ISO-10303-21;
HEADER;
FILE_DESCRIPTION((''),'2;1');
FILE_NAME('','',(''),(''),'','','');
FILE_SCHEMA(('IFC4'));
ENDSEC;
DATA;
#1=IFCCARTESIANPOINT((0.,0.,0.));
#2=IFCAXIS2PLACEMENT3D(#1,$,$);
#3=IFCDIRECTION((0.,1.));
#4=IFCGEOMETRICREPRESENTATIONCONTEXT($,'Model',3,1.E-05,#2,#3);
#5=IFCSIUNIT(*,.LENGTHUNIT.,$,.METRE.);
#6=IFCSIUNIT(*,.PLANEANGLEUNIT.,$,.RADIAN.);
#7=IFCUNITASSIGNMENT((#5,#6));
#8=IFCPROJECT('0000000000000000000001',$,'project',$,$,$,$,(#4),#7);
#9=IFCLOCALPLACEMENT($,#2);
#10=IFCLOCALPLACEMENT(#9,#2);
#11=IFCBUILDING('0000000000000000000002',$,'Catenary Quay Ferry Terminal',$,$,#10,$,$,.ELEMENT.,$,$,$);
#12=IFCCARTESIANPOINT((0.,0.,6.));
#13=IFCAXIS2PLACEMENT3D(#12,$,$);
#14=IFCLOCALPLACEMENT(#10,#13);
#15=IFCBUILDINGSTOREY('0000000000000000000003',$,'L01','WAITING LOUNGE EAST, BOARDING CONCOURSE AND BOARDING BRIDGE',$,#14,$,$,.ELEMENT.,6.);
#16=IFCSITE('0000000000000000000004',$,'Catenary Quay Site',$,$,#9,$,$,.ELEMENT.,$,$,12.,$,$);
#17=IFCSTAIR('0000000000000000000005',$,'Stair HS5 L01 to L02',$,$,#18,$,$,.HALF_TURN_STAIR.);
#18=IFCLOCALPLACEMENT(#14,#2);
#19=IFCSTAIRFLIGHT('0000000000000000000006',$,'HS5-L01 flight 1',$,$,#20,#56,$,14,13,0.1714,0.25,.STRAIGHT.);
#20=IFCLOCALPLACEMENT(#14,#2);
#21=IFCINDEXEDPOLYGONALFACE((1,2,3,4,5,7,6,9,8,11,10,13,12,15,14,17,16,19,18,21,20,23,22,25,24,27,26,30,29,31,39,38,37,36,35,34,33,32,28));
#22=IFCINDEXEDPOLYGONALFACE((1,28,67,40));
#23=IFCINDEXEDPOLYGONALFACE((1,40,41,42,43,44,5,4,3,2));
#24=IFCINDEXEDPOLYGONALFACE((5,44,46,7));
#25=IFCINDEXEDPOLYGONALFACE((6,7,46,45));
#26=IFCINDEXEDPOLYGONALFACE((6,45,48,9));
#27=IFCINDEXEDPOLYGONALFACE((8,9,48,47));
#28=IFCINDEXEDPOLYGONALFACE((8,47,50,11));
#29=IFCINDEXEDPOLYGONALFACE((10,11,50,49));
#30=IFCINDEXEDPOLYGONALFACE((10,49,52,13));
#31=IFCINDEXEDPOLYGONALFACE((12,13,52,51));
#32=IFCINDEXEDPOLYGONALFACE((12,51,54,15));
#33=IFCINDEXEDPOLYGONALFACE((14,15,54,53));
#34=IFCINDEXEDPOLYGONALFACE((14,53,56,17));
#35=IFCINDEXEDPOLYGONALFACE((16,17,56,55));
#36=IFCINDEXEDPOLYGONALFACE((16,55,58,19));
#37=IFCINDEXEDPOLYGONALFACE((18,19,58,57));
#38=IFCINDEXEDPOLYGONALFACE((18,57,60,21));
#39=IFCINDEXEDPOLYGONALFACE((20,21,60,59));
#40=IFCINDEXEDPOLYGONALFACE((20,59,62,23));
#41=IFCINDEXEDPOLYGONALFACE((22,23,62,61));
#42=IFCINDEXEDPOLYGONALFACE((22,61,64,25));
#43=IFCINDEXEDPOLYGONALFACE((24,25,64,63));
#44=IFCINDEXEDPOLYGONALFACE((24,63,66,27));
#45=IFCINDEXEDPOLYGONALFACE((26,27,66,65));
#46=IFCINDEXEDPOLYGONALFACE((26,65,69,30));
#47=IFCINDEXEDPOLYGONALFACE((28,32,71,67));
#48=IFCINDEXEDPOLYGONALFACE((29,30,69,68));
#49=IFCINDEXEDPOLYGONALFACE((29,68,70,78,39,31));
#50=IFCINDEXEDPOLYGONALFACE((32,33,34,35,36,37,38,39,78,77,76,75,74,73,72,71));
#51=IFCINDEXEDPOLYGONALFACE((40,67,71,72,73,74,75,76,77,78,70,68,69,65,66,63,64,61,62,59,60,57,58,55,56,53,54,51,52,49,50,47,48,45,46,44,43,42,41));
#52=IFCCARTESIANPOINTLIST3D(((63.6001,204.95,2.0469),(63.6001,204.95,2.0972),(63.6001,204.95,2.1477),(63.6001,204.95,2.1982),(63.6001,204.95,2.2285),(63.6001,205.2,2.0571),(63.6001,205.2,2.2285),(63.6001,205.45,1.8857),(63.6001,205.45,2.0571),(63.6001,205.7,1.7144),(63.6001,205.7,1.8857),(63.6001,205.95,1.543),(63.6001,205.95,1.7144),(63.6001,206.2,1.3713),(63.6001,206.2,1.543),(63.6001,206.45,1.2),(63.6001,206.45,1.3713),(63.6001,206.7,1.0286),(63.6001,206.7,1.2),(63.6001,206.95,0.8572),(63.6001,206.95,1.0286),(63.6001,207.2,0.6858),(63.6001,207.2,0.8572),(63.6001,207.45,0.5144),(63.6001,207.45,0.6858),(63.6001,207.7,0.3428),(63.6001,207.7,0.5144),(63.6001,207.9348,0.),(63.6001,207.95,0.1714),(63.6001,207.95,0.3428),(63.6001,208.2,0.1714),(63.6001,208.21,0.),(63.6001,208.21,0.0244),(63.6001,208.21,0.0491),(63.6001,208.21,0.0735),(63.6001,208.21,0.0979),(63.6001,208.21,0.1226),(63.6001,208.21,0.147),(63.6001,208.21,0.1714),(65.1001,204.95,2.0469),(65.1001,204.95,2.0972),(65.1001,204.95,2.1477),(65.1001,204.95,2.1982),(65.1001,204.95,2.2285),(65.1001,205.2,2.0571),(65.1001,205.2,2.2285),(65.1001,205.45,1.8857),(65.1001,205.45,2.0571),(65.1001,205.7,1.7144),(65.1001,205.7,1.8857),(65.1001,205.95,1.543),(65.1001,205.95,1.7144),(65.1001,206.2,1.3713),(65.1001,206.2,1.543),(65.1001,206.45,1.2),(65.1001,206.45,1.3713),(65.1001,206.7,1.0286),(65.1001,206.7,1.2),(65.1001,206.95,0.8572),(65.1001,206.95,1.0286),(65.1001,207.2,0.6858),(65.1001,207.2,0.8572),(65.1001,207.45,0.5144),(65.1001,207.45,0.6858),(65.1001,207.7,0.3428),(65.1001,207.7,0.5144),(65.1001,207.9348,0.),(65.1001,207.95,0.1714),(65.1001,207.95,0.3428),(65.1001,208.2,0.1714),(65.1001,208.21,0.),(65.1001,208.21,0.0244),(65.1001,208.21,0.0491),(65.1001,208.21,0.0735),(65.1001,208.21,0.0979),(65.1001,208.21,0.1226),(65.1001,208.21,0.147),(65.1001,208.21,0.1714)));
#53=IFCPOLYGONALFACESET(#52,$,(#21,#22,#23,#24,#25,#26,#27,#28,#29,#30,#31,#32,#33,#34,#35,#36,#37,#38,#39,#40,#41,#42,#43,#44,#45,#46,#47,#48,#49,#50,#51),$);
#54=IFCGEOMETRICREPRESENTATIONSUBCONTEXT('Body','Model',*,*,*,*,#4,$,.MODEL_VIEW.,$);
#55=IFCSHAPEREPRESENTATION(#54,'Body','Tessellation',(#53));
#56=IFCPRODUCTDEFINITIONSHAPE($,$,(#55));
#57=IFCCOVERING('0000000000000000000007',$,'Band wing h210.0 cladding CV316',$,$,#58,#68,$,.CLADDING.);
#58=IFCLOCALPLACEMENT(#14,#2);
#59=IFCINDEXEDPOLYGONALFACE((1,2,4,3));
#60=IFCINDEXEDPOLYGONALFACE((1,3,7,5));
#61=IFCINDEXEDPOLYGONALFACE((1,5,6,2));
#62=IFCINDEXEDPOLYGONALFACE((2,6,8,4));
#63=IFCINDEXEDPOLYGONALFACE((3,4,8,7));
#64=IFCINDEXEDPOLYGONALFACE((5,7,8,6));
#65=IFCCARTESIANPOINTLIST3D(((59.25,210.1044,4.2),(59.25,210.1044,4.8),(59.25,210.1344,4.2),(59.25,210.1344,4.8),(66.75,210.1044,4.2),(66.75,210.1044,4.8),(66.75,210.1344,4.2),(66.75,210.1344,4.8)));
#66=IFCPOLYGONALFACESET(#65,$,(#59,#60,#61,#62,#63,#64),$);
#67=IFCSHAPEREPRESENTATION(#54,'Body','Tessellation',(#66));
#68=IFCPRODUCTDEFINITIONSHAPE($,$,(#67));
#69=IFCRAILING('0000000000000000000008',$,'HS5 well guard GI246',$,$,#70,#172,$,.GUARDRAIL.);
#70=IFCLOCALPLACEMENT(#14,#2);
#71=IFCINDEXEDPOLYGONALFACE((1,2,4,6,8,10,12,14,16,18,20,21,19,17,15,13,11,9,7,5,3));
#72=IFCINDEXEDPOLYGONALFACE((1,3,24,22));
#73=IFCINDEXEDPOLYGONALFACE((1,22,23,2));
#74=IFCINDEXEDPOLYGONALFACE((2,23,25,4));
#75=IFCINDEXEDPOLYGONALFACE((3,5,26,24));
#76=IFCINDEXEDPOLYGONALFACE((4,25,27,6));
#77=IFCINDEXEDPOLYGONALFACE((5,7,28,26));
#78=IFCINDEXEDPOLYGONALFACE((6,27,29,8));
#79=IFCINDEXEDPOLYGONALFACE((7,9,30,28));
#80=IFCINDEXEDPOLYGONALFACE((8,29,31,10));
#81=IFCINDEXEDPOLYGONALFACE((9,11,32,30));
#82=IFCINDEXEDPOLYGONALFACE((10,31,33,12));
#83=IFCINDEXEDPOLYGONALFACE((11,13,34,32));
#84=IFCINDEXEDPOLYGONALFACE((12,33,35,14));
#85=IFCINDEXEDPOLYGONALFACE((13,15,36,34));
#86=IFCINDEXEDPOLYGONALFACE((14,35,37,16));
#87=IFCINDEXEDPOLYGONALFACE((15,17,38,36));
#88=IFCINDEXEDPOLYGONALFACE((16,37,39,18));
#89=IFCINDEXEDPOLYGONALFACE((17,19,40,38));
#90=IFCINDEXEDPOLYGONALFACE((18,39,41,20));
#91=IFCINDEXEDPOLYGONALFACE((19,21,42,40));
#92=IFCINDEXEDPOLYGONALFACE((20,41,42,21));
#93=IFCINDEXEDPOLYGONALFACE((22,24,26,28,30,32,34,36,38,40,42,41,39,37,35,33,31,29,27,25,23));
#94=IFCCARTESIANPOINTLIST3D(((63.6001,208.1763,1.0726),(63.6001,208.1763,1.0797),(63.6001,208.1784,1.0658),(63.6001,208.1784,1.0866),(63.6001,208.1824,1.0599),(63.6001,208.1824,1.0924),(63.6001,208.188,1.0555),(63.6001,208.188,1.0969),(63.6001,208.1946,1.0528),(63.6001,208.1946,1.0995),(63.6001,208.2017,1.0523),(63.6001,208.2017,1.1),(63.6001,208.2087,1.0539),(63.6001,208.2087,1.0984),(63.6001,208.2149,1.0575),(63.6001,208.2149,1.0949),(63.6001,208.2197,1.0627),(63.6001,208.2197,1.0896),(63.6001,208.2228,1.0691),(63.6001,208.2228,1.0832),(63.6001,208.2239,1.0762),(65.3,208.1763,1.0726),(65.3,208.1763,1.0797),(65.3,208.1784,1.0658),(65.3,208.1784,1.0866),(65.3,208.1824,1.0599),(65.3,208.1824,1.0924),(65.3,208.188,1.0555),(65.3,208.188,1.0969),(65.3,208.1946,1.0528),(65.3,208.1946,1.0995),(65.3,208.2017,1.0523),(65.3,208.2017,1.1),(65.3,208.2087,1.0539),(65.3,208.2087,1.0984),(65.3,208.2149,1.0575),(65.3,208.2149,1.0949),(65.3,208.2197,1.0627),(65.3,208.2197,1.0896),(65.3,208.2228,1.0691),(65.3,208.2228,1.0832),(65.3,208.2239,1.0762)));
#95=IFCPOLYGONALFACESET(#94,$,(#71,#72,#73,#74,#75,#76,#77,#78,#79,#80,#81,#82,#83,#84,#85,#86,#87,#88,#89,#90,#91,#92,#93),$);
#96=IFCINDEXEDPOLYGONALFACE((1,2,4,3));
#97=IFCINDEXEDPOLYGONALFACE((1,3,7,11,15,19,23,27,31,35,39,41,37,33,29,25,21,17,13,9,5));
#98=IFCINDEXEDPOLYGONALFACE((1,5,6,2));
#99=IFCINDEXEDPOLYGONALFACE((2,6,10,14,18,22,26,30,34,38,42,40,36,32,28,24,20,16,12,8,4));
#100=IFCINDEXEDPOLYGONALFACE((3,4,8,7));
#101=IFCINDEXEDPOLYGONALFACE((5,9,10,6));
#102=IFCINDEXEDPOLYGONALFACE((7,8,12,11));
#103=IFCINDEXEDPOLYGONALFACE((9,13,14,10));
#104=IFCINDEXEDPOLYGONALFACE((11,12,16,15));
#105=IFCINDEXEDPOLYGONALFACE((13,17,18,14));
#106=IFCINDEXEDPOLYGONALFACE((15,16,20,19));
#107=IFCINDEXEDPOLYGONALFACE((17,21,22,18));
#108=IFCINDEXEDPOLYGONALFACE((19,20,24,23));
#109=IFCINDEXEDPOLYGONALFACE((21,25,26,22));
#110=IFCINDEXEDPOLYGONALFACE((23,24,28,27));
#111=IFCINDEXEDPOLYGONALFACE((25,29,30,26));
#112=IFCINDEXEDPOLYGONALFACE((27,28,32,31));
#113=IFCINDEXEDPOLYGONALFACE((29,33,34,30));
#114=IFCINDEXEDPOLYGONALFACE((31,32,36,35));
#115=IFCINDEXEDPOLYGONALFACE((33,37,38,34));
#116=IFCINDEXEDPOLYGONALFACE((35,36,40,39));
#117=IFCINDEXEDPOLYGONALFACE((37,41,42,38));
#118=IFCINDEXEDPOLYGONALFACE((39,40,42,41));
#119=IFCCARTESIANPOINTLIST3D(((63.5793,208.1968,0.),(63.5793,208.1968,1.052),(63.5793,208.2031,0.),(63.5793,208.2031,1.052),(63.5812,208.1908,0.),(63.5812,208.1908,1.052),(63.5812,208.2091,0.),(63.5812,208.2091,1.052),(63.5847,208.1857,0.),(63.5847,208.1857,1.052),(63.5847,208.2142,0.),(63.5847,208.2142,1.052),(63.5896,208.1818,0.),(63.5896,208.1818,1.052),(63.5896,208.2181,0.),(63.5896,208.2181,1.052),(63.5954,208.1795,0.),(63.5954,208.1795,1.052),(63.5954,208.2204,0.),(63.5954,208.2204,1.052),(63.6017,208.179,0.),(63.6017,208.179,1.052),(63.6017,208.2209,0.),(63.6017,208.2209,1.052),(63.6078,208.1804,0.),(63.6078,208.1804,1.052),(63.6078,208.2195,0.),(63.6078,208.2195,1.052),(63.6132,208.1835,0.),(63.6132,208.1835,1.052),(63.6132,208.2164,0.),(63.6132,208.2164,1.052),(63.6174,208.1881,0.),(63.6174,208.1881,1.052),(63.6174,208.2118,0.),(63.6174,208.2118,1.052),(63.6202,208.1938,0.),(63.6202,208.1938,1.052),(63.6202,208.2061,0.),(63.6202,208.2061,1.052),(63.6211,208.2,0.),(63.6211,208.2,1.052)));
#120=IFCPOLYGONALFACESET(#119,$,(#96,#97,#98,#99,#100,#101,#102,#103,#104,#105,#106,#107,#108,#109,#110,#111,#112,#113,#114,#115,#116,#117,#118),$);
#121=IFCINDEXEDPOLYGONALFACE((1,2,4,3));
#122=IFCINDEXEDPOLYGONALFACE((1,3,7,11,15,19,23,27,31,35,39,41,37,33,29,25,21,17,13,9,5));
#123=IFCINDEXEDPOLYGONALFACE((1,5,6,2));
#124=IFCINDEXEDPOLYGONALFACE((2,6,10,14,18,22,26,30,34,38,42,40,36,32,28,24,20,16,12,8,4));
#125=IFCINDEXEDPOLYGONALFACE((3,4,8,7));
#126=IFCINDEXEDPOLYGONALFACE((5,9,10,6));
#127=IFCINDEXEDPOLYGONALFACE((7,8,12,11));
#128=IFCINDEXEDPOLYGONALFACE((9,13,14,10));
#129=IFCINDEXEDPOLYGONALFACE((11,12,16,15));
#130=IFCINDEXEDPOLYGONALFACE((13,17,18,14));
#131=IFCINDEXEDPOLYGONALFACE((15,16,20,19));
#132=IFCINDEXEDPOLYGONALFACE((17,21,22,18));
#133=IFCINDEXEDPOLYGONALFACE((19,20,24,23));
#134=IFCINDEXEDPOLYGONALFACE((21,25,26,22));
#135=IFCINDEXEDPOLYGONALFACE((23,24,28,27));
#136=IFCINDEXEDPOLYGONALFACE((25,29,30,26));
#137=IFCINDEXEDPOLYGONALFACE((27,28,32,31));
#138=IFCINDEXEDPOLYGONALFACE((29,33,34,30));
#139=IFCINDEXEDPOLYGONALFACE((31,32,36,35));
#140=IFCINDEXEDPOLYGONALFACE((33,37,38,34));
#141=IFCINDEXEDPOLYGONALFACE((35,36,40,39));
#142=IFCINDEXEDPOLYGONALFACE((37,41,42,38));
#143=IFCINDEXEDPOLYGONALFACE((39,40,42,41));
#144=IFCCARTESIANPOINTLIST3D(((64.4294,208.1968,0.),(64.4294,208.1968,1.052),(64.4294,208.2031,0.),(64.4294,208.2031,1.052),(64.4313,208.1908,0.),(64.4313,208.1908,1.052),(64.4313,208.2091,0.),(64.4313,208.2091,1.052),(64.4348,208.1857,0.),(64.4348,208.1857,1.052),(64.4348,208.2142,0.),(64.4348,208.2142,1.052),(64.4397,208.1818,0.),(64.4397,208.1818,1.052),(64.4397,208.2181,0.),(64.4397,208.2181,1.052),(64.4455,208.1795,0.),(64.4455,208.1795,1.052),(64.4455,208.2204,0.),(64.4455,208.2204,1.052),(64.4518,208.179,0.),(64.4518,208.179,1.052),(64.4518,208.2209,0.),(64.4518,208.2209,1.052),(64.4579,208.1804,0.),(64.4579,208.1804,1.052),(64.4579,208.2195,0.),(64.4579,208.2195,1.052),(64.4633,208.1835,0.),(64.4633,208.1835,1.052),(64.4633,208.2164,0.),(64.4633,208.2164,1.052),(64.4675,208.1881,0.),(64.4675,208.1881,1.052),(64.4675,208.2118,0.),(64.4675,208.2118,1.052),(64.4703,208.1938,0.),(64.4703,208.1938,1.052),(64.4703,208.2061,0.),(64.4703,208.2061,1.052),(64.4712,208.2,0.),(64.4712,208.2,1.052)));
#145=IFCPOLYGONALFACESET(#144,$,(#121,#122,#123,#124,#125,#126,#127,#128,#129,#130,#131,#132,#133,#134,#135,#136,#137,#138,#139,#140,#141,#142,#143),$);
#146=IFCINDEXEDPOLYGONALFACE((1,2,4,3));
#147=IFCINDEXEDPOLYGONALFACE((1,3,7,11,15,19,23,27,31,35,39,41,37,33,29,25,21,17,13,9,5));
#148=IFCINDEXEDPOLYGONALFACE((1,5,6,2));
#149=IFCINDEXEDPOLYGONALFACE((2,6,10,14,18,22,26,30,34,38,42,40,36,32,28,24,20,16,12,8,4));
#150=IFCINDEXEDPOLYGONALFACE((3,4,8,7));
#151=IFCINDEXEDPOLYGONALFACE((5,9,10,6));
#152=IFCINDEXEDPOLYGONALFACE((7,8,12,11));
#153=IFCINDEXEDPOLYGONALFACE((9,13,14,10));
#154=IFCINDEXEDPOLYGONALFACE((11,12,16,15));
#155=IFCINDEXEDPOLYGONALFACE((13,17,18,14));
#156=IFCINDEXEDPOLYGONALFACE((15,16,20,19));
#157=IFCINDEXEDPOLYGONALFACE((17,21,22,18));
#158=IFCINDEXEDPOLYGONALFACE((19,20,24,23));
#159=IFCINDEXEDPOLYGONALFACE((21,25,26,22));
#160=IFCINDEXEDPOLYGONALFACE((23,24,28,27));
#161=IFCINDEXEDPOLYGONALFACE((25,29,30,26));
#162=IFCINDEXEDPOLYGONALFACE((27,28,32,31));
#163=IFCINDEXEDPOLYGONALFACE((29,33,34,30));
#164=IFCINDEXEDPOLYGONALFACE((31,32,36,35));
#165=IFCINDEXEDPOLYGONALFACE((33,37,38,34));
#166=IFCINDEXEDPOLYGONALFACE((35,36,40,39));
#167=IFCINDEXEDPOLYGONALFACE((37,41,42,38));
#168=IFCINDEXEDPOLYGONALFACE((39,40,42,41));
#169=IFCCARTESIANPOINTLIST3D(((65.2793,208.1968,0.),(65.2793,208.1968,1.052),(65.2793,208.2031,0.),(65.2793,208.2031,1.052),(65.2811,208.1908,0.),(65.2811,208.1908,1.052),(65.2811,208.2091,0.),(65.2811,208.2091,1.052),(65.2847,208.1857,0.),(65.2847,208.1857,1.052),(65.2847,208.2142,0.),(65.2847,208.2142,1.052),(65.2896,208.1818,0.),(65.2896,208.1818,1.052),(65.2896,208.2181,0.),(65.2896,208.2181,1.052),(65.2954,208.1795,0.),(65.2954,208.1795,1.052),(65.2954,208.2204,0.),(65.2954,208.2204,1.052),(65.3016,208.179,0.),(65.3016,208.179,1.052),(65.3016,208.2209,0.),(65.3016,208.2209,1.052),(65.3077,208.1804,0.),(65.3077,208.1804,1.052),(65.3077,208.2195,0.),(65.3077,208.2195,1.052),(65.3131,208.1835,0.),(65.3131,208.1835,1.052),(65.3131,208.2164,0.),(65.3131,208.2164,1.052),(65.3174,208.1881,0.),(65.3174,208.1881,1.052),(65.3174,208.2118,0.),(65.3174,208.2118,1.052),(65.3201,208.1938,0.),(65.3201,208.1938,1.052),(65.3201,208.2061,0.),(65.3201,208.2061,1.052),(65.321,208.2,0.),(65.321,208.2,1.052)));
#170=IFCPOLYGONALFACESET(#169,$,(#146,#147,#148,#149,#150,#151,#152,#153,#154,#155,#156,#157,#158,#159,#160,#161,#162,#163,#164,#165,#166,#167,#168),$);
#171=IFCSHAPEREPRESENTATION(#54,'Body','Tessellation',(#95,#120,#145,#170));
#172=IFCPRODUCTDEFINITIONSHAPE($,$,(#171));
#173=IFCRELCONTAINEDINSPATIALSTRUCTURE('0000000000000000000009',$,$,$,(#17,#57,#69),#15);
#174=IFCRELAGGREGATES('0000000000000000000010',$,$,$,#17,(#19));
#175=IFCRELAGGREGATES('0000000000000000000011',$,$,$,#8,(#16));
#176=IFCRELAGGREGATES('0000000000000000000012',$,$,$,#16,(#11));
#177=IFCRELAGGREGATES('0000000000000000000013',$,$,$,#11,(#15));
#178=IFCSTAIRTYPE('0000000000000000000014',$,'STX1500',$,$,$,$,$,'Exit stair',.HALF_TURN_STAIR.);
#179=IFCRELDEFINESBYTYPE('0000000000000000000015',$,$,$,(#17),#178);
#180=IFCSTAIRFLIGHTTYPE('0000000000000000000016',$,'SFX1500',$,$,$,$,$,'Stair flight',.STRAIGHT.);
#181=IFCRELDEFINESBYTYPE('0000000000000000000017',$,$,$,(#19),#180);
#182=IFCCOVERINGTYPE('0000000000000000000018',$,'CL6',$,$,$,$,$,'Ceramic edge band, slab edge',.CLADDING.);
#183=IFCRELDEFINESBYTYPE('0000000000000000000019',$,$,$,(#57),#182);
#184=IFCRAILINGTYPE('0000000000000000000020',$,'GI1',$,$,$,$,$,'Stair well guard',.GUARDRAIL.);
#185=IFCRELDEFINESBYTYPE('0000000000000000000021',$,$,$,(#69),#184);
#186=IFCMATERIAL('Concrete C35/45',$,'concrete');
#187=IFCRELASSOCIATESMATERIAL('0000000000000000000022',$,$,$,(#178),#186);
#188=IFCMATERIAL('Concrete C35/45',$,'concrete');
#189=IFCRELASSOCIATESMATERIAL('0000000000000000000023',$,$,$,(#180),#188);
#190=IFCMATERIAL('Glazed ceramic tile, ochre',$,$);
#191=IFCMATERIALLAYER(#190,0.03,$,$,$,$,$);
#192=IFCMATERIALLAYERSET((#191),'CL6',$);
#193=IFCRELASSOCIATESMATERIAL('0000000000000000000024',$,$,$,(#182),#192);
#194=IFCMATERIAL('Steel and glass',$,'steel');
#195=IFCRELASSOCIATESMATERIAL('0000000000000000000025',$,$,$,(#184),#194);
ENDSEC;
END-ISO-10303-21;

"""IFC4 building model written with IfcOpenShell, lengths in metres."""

from ifc_helpers import new_model, si_unit, direction, frame, origin, origin_2d, place, context, subcontext, project, spatial, polyline, rectangle, circle, outline, extrude, material, layer, layer_set, type_object, element, aggregate, save


model = new_model("IFC4")

# Units and contexts
model_context = context("Model", 3, precision=1e-05, world=origin(), true_north=direction((0.0, 1.0)))
body_context = subcontext(model_context, "Body", "Model", "MODEL_VIEW")
ifc_project = project(units=[si_unit("LENGTHUNIT", "METRE"), si_unit("PLANEANGLEUNIT", "RADIAN")], contexts=[model_context])

# Site, building, storey
site_placement = place(None, origin())
site = spatial("IfcSite", under=ifc_project, at=site_placement, Name="Catenary Quay Site", CompositionType="ELEMENT", RefElevation=12.0)
building_placement = place(site_placement, origin())
building = spatial("IfcBuilding", under=site, at=building_placement, Name="Catenary Quay Ferry Terminal", CompositionType="ELEMENT")
storey_placement = place(building_placement, frame((0.0, 0.0, 6.0)))
storey = spatial("IfcBuildingStorey", under=building, at=storey_placement, Name="L01", Description="WAITING LOUNGE EAST, BOARDING CONCOURSE AND BOARDING BRIDGE", CompositionType="ELEMENT", Elevation=6.0)

# Stair, stair flight
ifc_material_1 = material(Name="Concrete C35/45", Category="concrete")
stair_type = type_object("IfcStairType", Name="STX1500", ElementType="Exit stair", PredefinedType="HALF_TURN_STAIR", material=ifc_material_1)
stair_placement = place(storey_placement, origin())
stair = element("IfcStair", 1, at=stair_placement, inside=storey, type_object=stair_type, Name="Stair HS5 L01 to L02", PredefinedType="HALF_TURN_STAIR")
ifc_material_2 = material(Name="Concrete C35/45", Category="concrete")
stair_flight_type = type_object("IfcStairFlightType", Name="SFX1500", ElementType="Stair flight", PredefinedType="STRAIGHT", material=ifc_material_2)
stair_flight_placement = place(storey_placement, frame((64.3501, 208.2, 0.0), z_axis=(0.0, 0.0, 1.0), x_axis=(0.0, -1.0, 0.0)))
stair_flight = element("IfcStairFlight", 2, at=stair_flight_placement, type_object=stair_flight_type, Name="HS5-L01 flight 1", NumberOfRisers=14, NumberOfTreads=13, PredefinedType="STRAIGHT", RiserHeight=0.1714, TreadLength=0.25, context=body_context, shape_type="SweptSolid", body=[
    extrude(outline(polyline([(-0.01, 0.0), (-0.01, 0.0244), (-0.01, 0.0491), (-0.01, 0.0735), (-0.01, 0.0979), (-0.01, 0.1226), (-0.01, 0.147), (-0.01, 0.1714), (0.0, 0.1714), (0.25, 0.1714), (0.25, 0.3428), (0.5, 0.3428), (0.5, 0.5144), (0.75, 0.5144), (0.75, 0.6858), (1.0, 0.6858), (1.0, 0.8572), (1.25, 0.8572), (1.25, 1.0286), (1.5, 1.0286), (1.5, 1.2), (1.75, 1.2), (1.75, 1.3713), (2.0, 1.3713), (2.0, 1.543), (2.25, 1.543), (2.25, 1.7144), (2.5, 1.7144), (2.5, 1.8857), (2.75, 1.8857), (2.75, 2.0571), (3.0, 2.0571), (3.0, 2.2285), (3.25, 2.2285), (3.25, 2.3999), (3.25, 2.3496), (3.25, 2.2991), (3.25, 2.2485), (3.25, 2.1982), (3.25, 2.1477), (3.25, 2.0972), (3.25, 2.0469), (0.2651, 0.0), (-0.01, 0.0)])), frame((0.0, 0.75, 0.0), z_axis=(0.0, -1.0, 0.0), x_axis=(1.0, 0.0, 0.0)), (0.0, 0.0, 1.0), 1.5),
])
aggregate(stair, [stair_flight])

# Covering
ifc_material_3 = material(Name="Glazed ceramic tile, ochre")
ifc_layer_1 = layer(ifc_material_3, 0.03)
ifc_layer_set_1 = layer_set([ifc_layer_1], Name="CL6")
covering_type = type_object("IfcCoveringType", Name="CL6", ElementType="Ceramic edge band, slab edge", PredefinedType="CLADDING", material=ifc_layer_set_1)
covering_placement = place(storey_placement, frame((63.0, 210.1194, 4.2), z_axis=(0.0, 0.0, 1.0), x_axis=(1.0, 0.0, 0.0)))
element("IfcCovering", 3, at=covering_placement, inside=storey, type_object=covering_type, Name="Band wing h210.0 cladding CV316", PredefinedType="CLADDING", context=body_context, shape_type="SweptSolid", body=[
    extrude(rectangle(XDim=7.5, YDim=0.03, at=origin_2d()), origin(), (0.0, 0.0, 1.0), 0.6001),
])

# Railing
ifc_material_4 = material(Name="Steel and glass", Category="steel")
railing_type_1 = type_object("IfcRailingType", Name="GI1", ElementType="Stair well guard", PredefinedType="GUARDRAIL", material=ifc_material_4)
railing_1_placement = place(storey_placement, frame((63.6001, 208.2, 0.0)))
element("IfcRailing", 4, at=railing_1_placement, inside=storey, type_object=railing_type_1, Name="HS5 well guard GI246", PredefinedType="GUARDRAIL", context=body_context, shape_type="SweptSolid", body=[
    extrude(circle(Radius=0.0239, at=origin_2d()), frame((0.0, 0.0, 1.0762), z_axis=(1.0, 0.0, 0.0), x_axis=(0.0, 1.0, 0.0)), (0.0, 0.0, 1.0), 1.7),
    extrude(circle(Radius=0.021, at=origin_2d()), origin(), (0.0, 0.0, 1.0), 1.052),
    extrude(circle(Radius=0.021, at=origin_2d()), frame((0.8501, 0.0, 0.0)), (0.0, 0.0, 1.0), 1.052),
    extrude(circle(Radius=0.021, at=origin_2d()), frame((1.7, 0.0, 0.0)), (0.0, 0.0, 1.0), 1.052),
])

save(model, "model.ifc")
